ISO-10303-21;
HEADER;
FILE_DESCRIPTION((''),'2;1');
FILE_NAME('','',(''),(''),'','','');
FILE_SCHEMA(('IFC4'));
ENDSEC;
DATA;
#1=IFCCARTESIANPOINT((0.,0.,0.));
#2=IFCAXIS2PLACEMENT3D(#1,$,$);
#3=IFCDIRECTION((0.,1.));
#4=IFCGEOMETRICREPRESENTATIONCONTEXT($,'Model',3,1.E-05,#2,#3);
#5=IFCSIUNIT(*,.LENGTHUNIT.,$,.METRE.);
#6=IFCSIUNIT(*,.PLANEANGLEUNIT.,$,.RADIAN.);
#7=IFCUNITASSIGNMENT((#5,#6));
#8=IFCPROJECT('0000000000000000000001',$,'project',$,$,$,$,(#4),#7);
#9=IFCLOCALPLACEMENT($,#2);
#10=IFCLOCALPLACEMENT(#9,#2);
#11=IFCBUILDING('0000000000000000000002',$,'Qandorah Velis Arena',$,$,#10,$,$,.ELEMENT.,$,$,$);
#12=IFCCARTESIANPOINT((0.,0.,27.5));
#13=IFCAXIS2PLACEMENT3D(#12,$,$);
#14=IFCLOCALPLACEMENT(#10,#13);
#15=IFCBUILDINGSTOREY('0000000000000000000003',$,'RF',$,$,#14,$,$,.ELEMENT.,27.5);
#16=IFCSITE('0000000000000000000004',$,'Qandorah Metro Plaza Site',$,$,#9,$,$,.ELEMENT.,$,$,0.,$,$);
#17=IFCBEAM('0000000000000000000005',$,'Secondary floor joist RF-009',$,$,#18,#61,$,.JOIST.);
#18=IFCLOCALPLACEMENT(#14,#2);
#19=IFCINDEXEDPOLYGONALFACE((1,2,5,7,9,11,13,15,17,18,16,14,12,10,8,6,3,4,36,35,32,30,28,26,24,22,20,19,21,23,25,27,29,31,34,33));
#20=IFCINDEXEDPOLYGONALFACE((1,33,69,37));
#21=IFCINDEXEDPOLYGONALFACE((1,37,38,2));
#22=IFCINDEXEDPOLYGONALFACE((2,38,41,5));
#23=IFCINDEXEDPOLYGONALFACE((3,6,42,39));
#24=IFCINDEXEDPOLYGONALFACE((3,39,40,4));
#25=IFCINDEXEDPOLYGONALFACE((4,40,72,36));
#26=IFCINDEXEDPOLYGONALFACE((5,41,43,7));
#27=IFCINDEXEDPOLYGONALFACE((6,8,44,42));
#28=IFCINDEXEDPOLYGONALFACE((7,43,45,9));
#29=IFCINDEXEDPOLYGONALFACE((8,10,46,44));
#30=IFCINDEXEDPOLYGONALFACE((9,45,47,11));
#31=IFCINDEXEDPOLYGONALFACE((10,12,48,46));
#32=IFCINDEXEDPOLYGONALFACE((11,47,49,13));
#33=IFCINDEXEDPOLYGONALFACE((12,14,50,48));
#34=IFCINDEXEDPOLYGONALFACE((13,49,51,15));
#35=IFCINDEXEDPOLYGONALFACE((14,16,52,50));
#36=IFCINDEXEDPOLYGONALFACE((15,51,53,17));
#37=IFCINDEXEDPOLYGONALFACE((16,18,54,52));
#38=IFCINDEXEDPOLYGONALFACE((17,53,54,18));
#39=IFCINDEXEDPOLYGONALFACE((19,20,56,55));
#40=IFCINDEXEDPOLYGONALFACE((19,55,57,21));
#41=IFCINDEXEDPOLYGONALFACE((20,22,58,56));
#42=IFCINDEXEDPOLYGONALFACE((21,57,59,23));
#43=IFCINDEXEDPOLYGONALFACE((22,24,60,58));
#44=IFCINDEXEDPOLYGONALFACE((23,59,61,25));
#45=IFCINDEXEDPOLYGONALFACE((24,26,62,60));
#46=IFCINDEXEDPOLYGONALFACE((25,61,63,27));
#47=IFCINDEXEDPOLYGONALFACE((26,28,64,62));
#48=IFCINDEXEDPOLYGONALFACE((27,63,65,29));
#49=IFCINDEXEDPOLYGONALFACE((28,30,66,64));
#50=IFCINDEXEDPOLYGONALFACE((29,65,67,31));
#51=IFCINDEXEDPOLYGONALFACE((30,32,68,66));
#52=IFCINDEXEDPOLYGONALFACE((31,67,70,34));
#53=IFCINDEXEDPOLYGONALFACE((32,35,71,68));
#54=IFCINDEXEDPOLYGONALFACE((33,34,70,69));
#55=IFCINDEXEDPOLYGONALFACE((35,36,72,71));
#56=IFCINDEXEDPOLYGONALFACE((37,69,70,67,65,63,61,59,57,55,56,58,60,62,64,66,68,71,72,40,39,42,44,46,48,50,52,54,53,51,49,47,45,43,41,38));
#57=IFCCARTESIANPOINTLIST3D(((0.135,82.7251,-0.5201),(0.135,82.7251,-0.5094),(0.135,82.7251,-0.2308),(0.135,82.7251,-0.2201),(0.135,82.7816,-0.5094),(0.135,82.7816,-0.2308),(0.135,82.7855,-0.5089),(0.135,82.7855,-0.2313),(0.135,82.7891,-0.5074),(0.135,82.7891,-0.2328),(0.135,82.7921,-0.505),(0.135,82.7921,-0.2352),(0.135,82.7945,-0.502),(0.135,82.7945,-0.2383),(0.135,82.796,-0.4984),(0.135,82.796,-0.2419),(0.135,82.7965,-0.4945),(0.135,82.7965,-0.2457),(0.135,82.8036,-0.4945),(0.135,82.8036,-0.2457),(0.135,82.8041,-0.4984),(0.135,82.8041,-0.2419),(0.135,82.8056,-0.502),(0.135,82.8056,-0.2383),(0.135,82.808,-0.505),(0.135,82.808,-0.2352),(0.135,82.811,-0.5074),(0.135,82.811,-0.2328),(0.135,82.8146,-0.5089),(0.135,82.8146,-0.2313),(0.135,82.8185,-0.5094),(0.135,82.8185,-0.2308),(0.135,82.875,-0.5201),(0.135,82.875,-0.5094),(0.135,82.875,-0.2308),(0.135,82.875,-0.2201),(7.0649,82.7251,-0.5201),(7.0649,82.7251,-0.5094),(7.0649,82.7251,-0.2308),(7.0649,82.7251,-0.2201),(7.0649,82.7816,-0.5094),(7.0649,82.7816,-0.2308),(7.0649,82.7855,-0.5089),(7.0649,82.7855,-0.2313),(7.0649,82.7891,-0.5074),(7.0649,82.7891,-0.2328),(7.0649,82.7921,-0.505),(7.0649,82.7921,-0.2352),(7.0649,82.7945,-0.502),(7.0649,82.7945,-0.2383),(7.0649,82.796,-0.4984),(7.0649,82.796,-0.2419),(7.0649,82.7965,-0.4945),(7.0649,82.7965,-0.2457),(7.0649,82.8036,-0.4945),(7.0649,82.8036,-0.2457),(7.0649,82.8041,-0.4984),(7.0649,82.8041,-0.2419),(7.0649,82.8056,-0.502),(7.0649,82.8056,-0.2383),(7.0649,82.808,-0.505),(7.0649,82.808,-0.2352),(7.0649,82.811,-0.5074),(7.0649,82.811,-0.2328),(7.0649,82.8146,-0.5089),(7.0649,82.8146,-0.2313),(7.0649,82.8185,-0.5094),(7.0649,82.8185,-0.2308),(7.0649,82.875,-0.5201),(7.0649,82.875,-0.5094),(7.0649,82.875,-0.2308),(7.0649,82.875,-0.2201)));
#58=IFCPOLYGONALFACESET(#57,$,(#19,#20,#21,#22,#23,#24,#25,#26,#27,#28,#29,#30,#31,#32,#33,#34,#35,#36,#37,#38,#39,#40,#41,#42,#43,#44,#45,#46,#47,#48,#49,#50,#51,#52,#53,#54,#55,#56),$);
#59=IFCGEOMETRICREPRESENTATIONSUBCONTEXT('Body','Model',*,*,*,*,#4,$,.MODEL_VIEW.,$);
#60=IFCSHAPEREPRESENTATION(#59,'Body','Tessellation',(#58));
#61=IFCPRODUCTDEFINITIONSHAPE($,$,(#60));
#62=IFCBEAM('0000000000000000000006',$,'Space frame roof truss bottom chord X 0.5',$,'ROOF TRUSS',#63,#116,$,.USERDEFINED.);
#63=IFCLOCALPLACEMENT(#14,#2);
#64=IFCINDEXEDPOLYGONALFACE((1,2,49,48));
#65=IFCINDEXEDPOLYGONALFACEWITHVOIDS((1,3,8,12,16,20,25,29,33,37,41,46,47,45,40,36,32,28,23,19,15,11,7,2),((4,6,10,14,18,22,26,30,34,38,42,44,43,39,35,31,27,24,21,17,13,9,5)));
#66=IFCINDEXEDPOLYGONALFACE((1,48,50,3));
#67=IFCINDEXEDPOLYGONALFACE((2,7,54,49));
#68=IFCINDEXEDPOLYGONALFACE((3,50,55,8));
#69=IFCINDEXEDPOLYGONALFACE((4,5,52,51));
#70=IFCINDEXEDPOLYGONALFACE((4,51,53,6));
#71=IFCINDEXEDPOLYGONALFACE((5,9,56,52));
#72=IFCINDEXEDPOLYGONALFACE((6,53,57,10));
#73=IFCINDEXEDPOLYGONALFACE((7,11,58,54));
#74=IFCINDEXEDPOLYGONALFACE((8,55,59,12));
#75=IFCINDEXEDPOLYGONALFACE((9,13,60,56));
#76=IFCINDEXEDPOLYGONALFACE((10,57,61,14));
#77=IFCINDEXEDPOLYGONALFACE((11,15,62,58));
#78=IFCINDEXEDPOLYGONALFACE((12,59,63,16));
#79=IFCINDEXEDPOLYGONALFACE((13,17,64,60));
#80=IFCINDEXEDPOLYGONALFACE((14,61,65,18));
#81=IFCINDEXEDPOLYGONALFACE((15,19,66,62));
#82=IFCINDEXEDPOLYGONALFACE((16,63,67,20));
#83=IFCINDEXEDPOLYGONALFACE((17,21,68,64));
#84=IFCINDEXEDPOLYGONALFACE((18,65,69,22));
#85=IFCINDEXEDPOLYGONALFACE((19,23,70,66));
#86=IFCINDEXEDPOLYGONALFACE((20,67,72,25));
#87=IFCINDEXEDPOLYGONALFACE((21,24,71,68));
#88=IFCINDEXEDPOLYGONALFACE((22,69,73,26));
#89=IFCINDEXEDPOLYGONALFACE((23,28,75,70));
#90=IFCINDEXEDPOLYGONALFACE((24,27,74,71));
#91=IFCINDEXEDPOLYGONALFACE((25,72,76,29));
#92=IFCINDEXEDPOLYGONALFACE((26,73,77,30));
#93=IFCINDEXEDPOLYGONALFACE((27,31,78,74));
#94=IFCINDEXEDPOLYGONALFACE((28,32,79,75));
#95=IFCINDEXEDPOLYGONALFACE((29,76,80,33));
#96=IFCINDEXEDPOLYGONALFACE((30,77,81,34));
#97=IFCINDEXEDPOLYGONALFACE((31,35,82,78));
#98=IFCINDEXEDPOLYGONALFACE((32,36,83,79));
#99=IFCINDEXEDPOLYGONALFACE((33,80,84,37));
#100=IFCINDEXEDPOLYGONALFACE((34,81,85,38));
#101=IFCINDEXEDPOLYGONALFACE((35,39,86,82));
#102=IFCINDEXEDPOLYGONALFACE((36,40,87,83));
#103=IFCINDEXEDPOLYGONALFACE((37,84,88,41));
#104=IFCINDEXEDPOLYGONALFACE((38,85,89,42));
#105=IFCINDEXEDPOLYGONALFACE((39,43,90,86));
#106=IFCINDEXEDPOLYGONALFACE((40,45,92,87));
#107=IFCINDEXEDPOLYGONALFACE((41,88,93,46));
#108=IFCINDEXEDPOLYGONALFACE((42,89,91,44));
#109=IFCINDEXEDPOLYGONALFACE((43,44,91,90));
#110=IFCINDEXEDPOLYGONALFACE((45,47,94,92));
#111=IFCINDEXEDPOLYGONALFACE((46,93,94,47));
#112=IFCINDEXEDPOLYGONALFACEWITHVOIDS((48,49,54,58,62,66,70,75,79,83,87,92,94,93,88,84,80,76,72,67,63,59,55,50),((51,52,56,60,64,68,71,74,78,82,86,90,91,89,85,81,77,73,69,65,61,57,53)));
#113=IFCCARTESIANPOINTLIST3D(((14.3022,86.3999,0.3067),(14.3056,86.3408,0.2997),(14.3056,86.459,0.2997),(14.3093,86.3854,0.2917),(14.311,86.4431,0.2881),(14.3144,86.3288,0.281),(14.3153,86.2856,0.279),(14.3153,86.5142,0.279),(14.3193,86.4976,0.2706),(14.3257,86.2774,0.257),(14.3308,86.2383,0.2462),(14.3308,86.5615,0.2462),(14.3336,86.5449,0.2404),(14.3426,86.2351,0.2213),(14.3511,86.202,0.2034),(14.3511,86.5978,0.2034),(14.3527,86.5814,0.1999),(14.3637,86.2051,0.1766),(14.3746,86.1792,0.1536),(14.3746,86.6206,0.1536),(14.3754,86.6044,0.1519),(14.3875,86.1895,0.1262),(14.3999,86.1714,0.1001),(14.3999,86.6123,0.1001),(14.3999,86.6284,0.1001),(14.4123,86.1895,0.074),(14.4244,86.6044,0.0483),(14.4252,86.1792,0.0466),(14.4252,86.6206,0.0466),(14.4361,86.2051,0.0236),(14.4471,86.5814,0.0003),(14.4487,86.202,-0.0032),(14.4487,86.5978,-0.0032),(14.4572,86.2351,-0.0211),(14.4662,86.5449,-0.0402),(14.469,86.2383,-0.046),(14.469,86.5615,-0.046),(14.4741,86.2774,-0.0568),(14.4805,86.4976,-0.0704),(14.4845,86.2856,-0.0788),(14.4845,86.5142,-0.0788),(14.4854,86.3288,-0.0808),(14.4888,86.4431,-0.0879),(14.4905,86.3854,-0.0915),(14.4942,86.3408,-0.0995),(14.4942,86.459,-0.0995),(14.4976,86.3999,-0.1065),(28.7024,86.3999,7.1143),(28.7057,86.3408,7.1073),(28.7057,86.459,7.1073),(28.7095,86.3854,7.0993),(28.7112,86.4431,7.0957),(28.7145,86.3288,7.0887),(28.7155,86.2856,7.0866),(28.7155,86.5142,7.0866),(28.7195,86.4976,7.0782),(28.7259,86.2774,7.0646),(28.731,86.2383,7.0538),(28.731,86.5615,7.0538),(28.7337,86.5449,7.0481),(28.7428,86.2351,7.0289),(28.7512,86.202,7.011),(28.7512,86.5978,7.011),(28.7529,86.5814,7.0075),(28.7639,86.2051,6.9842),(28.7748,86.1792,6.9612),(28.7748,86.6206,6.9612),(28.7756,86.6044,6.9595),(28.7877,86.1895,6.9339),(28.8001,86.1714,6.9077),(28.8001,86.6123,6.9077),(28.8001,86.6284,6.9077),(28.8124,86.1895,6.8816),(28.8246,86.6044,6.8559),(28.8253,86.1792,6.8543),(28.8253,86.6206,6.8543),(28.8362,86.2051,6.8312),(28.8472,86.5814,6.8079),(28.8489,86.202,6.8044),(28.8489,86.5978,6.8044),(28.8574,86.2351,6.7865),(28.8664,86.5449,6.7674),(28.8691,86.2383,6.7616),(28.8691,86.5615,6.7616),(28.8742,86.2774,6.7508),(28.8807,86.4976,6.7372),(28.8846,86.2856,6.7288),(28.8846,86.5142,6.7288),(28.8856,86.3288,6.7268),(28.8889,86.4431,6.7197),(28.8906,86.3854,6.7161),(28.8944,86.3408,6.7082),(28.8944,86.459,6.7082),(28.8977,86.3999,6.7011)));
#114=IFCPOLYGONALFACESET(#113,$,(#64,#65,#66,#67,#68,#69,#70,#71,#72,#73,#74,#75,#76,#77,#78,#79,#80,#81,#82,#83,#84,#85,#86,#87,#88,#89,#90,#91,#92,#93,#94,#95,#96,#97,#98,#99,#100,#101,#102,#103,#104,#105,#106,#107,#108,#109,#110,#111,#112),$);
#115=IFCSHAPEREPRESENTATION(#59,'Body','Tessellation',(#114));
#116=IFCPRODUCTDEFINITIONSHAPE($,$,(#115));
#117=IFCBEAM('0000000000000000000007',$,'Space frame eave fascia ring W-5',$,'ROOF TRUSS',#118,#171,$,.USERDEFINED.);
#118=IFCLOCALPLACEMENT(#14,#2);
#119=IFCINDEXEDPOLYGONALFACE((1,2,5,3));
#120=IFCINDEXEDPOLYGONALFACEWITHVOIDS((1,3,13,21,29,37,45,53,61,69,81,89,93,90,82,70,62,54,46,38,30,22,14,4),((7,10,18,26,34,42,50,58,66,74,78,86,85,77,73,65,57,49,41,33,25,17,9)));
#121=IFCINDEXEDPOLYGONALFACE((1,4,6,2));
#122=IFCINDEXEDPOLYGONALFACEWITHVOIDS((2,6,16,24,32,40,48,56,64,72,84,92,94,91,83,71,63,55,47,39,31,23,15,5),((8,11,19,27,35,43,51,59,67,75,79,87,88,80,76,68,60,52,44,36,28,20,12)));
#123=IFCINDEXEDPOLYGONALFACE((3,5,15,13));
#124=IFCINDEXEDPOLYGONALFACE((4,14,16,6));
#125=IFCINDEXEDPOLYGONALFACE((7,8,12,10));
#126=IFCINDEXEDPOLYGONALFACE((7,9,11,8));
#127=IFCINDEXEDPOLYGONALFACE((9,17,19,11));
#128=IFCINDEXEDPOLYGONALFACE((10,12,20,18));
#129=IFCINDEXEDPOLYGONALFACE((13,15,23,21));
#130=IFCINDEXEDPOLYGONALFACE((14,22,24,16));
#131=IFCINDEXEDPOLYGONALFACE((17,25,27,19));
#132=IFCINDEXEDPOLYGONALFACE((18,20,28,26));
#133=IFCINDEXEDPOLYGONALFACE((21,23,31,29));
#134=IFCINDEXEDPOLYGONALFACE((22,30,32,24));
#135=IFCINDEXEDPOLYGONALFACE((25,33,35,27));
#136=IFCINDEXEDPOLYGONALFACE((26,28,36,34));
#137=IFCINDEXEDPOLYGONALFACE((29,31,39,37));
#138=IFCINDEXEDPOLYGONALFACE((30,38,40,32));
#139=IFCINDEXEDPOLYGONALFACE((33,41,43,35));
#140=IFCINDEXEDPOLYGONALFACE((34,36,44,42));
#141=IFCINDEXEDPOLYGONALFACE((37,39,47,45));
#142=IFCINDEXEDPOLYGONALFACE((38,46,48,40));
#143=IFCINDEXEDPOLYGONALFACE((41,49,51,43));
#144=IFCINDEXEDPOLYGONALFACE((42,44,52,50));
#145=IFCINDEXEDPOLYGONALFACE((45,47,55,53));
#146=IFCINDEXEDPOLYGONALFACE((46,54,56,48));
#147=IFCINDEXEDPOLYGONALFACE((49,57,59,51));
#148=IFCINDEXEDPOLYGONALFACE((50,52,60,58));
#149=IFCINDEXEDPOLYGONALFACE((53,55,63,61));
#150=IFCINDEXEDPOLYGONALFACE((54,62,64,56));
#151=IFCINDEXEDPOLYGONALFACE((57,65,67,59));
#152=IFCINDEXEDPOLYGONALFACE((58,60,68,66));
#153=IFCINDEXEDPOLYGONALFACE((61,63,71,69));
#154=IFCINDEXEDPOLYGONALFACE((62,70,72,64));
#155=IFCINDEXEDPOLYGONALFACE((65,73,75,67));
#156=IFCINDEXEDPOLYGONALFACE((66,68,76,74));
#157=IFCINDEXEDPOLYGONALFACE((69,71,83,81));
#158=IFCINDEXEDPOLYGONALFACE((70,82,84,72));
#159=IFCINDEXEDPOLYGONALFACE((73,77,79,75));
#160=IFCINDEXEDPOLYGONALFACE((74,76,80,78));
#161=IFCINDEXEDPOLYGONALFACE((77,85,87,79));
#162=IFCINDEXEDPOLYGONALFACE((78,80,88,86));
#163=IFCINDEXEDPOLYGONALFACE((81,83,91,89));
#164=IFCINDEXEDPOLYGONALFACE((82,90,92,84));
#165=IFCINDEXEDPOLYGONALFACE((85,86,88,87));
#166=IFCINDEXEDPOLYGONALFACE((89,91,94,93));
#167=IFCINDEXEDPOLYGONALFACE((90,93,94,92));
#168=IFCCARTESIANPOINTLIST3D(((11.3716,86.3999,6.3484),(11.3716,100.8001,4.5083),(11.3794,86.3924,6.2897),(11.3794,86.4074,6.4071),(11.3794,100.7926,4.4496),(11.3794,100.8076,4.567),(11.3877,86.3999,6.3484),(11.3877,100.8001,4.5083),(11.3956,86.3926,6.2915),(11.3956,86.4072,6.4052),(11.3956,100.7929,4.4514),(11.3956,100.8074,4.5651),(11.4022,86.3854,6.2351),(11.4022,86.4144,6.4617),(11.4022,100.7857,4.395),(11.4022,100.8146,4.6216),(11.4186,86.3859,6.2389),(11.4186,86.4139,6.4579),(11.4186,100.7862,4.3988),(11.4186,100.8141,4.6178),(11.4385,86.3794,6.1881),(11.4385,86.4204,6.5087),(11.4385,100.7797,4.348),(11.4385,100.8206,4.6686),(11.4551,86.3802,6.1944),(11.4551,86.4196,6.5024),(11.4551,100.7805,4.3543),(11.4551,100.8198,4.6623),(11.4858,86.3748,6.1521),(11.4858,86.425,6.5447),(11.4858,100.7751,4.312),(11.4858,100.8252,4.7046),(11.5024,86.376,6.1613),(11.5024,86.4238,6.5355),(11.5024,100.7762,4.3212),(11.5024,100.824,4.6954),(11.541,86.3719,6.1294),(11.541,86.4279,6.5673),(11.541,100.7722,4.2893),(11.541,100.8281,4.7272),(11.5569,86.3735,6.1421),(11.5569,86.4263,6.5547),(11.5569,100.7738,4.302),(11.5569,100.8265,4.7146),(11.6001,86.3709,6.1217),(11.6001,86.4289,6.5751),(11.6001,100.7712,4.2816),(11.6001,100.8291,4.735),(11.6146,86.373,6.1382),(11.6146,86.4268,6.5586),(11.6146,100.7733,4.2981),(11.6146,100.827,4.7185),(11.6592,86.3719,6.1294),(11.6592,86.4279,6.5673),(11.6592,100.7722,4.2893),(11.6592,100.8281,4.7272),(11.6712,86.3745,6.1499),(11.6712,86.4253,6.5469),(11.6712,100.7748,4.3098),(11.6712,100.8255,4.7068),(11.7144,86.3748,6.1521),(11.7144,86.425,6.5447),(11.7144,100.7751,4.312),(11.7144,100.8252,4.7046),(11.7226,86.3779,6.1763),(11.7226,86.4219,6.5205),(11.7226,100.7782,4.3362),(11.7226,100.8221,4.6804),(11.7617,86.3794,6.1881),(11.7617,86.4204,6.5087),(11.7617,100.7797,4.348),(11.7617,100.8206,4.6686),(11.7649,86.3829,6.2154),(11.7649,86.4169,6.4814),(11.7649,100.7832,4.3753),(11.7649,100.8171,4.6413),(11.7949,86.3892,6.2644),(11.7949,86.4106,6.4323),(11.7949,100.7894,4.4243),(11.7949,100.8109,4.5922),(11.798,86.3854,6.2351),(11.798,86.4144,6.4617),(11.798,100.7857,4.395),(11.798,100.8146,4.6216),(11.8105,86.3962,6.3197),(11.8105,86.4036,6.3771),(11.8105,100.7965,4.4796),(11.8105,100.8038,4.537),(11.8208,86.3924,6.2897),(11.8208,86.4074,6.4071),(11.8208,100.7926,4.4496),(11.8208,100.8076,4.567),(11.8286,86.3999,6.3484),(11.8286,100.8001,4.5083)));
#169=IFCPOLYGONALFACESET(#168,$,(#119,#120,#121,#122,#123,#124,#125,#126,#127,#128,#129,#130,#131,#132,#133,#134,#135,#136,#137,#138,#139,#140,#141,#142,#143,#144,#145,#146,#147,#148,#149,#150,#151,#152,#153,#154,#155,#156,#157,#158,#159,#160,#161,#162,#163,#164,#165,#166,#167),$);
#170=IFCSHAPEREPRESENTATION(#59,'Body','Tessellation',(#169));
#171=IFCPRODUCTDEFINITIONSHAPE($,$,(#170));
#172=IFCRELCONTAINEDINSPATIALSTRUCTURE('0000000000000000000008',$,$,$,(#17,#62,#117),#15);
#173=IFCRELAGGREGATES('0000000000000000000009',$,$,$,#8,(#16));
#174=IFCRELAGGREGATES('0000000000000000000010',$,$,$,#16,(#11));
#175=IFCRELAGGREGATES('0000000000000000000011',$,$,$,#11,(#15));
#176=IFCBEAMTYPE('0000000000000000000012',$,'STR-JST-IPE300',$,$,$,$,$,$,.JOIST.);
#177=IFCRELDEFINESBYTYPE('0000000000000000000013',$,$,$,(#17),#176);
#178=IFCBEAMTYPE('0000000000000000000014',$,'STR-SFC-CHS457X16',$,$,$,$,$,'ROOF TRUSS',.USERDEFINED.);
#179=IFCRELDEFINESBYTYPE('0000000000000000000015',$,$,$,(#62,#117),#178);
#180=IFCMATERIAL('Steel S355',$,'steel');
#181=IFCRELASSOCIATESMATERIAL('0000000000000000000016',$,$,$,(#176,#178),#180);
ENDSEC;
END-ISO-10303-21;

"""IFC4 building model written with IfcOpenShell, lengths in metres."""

from ifc_helpers import new_model, si_unit, direction, frame, origin, origin_2d, place, context, subcontext, project, spatial, hollow_circle, i_section, extrude, material, material_profile, profile_set, type_object, element, save


model = new_model("IFC4")

# Units and contexts
model_context = context("Model", 3, precision=1e-05, world=origin(), true_north=direction((0.0, 1.0)))
body_context = subcontext(model_context, "Body", "Model", "MODEL_VIEW")
ifc_project = project(units=[si_unit("LENGTHUNIT", "METRE"), si_unit("PLANEANGLEUNIT", "RADIAN")], contexts=[model_context])

# Site, building, storey
site_placement = place(None, origin())
site = spatial("IfcSite", under=ifc_project, at=site_placement, Name="Qandorah Metro Plaza Site", CompositionType="ELEMENT", RefElevation=0.0)
building_placement = place(site_placement, origin())
building = spatial("IfcBuilding", under=site, at=building_placement, Name="Qandorah Velis Arena", CompositionType="ELEMENT")
storey_placement = place(building_placement, frame((0.0, 0.0, 27.5)))
storey = spatial("IfcBuildingStorey", under=building, at=storey_placement, Name="RF", CompositionType="ELEMENT", Elevation=27.5)

# Beams
ifc_material_1 = material(Name="Steel S355", Category="steel")
ifc_material_profile_1 = material_profile(ifc_material_1, i_section(OverallWidth=0.1499, OverallDepth=0.3, WebThickness=0.0071, FlangeThickness=0.0107, FilletRadius=0.0149, at=origin_2d()), Name="IPE 300")
ifc_profile_set_1 = profile_set([ifc_material_profile_1], Name="Steel S355")
beam_type_1 = type_object("IfcBeamType", Name="STR-JST-IPE300", PredefinedType="JOIST", material=ifc_profile_set_1)
beam_1_placement = place(storey_placement, frame((0.135, 82.8, -0.3701), z_axis=(1.0, 0.0, 0.0), x_axis=(0.0, 1.0, 0.0)))
element("IfcBeam", 1, at=beam_1_placement, inside=storey, type_object=beam_type_1, Name="Secondary floor joist RF-009", PredefinedType="JOIST", context=body_context, shape_type="SweptSolid", body=[
    extrude(i_section(OverallWidth=0.1499, OverallDepth=0.3, WebThickness=0.0071, FlangeThickness=0.0107, FilletRadius=0.0149, at=origin_2d()), origin(), (0.0, 0.0, 1.0), 6.9299),
])
ifc_material_profile_2 = material_profile(ifc_material_1, hollow_circle(Radius=0.2285, WallThickness=0.0161, at=origin_2d()), Name="CHS 457x16")
ifc_profile_set_2 = profile_set([ifc_material_profile_2], Name="Steel S355")
beam_type_2 = type_object("IfcBeamType", Name="STR-SFC-CHS457X16", ElementType="ROOF TRUSS", PredefinedType="USERDEFINED", material=ifc_profile_set_2)
beam_2_placement = place(storey_placement, frame((14.3999, 86.3999, 0.1001), z_axis=(0.904066, 0.0, 0.427394), x_axis=(0.0, 1.0, 0.0)))
element("IfcBeam", 2, at=beam_2_placement, inside=storey, type_object=beam_type_2, Name="Space frame roof truss bottom chord X 0.5", ObjectType="ROOF TRUSS", PredefinedType="USERDEFINED", context=body_context, shape_type="SweptSolid", body=[
    extrude(hollow_circle(Radius=0.2285, WallThickness=0.0161, at=origin_2d()), origin(), (0.0, 0.0, 1.0), 15.9282),
])
beam_3_placement = place(storey_placement, frame((11.6001, 86.3999, 6.3484), z_axis=(0.0, 0.991934, -0.126752), x_axis=(-1.0, 0.0, 0.0)))
element("IfcBeam", 3, at=beam_3_placement, inside=storey, type_object=beam_type_2, Name="Space frame eave fascia ring W-5", ObjectType="ROOF TRUSS", PredefinedType="USERDEFINED", context=body_context, shape_type="SweptSolid", body=[
    extrude(hollow_circle(Radius=0.2285, WallThickness=0.0161, at=origin_2d()), origin(), (0.0, 0.0, 1.0), 14.5173),
])

save(model, "model.ifc")
